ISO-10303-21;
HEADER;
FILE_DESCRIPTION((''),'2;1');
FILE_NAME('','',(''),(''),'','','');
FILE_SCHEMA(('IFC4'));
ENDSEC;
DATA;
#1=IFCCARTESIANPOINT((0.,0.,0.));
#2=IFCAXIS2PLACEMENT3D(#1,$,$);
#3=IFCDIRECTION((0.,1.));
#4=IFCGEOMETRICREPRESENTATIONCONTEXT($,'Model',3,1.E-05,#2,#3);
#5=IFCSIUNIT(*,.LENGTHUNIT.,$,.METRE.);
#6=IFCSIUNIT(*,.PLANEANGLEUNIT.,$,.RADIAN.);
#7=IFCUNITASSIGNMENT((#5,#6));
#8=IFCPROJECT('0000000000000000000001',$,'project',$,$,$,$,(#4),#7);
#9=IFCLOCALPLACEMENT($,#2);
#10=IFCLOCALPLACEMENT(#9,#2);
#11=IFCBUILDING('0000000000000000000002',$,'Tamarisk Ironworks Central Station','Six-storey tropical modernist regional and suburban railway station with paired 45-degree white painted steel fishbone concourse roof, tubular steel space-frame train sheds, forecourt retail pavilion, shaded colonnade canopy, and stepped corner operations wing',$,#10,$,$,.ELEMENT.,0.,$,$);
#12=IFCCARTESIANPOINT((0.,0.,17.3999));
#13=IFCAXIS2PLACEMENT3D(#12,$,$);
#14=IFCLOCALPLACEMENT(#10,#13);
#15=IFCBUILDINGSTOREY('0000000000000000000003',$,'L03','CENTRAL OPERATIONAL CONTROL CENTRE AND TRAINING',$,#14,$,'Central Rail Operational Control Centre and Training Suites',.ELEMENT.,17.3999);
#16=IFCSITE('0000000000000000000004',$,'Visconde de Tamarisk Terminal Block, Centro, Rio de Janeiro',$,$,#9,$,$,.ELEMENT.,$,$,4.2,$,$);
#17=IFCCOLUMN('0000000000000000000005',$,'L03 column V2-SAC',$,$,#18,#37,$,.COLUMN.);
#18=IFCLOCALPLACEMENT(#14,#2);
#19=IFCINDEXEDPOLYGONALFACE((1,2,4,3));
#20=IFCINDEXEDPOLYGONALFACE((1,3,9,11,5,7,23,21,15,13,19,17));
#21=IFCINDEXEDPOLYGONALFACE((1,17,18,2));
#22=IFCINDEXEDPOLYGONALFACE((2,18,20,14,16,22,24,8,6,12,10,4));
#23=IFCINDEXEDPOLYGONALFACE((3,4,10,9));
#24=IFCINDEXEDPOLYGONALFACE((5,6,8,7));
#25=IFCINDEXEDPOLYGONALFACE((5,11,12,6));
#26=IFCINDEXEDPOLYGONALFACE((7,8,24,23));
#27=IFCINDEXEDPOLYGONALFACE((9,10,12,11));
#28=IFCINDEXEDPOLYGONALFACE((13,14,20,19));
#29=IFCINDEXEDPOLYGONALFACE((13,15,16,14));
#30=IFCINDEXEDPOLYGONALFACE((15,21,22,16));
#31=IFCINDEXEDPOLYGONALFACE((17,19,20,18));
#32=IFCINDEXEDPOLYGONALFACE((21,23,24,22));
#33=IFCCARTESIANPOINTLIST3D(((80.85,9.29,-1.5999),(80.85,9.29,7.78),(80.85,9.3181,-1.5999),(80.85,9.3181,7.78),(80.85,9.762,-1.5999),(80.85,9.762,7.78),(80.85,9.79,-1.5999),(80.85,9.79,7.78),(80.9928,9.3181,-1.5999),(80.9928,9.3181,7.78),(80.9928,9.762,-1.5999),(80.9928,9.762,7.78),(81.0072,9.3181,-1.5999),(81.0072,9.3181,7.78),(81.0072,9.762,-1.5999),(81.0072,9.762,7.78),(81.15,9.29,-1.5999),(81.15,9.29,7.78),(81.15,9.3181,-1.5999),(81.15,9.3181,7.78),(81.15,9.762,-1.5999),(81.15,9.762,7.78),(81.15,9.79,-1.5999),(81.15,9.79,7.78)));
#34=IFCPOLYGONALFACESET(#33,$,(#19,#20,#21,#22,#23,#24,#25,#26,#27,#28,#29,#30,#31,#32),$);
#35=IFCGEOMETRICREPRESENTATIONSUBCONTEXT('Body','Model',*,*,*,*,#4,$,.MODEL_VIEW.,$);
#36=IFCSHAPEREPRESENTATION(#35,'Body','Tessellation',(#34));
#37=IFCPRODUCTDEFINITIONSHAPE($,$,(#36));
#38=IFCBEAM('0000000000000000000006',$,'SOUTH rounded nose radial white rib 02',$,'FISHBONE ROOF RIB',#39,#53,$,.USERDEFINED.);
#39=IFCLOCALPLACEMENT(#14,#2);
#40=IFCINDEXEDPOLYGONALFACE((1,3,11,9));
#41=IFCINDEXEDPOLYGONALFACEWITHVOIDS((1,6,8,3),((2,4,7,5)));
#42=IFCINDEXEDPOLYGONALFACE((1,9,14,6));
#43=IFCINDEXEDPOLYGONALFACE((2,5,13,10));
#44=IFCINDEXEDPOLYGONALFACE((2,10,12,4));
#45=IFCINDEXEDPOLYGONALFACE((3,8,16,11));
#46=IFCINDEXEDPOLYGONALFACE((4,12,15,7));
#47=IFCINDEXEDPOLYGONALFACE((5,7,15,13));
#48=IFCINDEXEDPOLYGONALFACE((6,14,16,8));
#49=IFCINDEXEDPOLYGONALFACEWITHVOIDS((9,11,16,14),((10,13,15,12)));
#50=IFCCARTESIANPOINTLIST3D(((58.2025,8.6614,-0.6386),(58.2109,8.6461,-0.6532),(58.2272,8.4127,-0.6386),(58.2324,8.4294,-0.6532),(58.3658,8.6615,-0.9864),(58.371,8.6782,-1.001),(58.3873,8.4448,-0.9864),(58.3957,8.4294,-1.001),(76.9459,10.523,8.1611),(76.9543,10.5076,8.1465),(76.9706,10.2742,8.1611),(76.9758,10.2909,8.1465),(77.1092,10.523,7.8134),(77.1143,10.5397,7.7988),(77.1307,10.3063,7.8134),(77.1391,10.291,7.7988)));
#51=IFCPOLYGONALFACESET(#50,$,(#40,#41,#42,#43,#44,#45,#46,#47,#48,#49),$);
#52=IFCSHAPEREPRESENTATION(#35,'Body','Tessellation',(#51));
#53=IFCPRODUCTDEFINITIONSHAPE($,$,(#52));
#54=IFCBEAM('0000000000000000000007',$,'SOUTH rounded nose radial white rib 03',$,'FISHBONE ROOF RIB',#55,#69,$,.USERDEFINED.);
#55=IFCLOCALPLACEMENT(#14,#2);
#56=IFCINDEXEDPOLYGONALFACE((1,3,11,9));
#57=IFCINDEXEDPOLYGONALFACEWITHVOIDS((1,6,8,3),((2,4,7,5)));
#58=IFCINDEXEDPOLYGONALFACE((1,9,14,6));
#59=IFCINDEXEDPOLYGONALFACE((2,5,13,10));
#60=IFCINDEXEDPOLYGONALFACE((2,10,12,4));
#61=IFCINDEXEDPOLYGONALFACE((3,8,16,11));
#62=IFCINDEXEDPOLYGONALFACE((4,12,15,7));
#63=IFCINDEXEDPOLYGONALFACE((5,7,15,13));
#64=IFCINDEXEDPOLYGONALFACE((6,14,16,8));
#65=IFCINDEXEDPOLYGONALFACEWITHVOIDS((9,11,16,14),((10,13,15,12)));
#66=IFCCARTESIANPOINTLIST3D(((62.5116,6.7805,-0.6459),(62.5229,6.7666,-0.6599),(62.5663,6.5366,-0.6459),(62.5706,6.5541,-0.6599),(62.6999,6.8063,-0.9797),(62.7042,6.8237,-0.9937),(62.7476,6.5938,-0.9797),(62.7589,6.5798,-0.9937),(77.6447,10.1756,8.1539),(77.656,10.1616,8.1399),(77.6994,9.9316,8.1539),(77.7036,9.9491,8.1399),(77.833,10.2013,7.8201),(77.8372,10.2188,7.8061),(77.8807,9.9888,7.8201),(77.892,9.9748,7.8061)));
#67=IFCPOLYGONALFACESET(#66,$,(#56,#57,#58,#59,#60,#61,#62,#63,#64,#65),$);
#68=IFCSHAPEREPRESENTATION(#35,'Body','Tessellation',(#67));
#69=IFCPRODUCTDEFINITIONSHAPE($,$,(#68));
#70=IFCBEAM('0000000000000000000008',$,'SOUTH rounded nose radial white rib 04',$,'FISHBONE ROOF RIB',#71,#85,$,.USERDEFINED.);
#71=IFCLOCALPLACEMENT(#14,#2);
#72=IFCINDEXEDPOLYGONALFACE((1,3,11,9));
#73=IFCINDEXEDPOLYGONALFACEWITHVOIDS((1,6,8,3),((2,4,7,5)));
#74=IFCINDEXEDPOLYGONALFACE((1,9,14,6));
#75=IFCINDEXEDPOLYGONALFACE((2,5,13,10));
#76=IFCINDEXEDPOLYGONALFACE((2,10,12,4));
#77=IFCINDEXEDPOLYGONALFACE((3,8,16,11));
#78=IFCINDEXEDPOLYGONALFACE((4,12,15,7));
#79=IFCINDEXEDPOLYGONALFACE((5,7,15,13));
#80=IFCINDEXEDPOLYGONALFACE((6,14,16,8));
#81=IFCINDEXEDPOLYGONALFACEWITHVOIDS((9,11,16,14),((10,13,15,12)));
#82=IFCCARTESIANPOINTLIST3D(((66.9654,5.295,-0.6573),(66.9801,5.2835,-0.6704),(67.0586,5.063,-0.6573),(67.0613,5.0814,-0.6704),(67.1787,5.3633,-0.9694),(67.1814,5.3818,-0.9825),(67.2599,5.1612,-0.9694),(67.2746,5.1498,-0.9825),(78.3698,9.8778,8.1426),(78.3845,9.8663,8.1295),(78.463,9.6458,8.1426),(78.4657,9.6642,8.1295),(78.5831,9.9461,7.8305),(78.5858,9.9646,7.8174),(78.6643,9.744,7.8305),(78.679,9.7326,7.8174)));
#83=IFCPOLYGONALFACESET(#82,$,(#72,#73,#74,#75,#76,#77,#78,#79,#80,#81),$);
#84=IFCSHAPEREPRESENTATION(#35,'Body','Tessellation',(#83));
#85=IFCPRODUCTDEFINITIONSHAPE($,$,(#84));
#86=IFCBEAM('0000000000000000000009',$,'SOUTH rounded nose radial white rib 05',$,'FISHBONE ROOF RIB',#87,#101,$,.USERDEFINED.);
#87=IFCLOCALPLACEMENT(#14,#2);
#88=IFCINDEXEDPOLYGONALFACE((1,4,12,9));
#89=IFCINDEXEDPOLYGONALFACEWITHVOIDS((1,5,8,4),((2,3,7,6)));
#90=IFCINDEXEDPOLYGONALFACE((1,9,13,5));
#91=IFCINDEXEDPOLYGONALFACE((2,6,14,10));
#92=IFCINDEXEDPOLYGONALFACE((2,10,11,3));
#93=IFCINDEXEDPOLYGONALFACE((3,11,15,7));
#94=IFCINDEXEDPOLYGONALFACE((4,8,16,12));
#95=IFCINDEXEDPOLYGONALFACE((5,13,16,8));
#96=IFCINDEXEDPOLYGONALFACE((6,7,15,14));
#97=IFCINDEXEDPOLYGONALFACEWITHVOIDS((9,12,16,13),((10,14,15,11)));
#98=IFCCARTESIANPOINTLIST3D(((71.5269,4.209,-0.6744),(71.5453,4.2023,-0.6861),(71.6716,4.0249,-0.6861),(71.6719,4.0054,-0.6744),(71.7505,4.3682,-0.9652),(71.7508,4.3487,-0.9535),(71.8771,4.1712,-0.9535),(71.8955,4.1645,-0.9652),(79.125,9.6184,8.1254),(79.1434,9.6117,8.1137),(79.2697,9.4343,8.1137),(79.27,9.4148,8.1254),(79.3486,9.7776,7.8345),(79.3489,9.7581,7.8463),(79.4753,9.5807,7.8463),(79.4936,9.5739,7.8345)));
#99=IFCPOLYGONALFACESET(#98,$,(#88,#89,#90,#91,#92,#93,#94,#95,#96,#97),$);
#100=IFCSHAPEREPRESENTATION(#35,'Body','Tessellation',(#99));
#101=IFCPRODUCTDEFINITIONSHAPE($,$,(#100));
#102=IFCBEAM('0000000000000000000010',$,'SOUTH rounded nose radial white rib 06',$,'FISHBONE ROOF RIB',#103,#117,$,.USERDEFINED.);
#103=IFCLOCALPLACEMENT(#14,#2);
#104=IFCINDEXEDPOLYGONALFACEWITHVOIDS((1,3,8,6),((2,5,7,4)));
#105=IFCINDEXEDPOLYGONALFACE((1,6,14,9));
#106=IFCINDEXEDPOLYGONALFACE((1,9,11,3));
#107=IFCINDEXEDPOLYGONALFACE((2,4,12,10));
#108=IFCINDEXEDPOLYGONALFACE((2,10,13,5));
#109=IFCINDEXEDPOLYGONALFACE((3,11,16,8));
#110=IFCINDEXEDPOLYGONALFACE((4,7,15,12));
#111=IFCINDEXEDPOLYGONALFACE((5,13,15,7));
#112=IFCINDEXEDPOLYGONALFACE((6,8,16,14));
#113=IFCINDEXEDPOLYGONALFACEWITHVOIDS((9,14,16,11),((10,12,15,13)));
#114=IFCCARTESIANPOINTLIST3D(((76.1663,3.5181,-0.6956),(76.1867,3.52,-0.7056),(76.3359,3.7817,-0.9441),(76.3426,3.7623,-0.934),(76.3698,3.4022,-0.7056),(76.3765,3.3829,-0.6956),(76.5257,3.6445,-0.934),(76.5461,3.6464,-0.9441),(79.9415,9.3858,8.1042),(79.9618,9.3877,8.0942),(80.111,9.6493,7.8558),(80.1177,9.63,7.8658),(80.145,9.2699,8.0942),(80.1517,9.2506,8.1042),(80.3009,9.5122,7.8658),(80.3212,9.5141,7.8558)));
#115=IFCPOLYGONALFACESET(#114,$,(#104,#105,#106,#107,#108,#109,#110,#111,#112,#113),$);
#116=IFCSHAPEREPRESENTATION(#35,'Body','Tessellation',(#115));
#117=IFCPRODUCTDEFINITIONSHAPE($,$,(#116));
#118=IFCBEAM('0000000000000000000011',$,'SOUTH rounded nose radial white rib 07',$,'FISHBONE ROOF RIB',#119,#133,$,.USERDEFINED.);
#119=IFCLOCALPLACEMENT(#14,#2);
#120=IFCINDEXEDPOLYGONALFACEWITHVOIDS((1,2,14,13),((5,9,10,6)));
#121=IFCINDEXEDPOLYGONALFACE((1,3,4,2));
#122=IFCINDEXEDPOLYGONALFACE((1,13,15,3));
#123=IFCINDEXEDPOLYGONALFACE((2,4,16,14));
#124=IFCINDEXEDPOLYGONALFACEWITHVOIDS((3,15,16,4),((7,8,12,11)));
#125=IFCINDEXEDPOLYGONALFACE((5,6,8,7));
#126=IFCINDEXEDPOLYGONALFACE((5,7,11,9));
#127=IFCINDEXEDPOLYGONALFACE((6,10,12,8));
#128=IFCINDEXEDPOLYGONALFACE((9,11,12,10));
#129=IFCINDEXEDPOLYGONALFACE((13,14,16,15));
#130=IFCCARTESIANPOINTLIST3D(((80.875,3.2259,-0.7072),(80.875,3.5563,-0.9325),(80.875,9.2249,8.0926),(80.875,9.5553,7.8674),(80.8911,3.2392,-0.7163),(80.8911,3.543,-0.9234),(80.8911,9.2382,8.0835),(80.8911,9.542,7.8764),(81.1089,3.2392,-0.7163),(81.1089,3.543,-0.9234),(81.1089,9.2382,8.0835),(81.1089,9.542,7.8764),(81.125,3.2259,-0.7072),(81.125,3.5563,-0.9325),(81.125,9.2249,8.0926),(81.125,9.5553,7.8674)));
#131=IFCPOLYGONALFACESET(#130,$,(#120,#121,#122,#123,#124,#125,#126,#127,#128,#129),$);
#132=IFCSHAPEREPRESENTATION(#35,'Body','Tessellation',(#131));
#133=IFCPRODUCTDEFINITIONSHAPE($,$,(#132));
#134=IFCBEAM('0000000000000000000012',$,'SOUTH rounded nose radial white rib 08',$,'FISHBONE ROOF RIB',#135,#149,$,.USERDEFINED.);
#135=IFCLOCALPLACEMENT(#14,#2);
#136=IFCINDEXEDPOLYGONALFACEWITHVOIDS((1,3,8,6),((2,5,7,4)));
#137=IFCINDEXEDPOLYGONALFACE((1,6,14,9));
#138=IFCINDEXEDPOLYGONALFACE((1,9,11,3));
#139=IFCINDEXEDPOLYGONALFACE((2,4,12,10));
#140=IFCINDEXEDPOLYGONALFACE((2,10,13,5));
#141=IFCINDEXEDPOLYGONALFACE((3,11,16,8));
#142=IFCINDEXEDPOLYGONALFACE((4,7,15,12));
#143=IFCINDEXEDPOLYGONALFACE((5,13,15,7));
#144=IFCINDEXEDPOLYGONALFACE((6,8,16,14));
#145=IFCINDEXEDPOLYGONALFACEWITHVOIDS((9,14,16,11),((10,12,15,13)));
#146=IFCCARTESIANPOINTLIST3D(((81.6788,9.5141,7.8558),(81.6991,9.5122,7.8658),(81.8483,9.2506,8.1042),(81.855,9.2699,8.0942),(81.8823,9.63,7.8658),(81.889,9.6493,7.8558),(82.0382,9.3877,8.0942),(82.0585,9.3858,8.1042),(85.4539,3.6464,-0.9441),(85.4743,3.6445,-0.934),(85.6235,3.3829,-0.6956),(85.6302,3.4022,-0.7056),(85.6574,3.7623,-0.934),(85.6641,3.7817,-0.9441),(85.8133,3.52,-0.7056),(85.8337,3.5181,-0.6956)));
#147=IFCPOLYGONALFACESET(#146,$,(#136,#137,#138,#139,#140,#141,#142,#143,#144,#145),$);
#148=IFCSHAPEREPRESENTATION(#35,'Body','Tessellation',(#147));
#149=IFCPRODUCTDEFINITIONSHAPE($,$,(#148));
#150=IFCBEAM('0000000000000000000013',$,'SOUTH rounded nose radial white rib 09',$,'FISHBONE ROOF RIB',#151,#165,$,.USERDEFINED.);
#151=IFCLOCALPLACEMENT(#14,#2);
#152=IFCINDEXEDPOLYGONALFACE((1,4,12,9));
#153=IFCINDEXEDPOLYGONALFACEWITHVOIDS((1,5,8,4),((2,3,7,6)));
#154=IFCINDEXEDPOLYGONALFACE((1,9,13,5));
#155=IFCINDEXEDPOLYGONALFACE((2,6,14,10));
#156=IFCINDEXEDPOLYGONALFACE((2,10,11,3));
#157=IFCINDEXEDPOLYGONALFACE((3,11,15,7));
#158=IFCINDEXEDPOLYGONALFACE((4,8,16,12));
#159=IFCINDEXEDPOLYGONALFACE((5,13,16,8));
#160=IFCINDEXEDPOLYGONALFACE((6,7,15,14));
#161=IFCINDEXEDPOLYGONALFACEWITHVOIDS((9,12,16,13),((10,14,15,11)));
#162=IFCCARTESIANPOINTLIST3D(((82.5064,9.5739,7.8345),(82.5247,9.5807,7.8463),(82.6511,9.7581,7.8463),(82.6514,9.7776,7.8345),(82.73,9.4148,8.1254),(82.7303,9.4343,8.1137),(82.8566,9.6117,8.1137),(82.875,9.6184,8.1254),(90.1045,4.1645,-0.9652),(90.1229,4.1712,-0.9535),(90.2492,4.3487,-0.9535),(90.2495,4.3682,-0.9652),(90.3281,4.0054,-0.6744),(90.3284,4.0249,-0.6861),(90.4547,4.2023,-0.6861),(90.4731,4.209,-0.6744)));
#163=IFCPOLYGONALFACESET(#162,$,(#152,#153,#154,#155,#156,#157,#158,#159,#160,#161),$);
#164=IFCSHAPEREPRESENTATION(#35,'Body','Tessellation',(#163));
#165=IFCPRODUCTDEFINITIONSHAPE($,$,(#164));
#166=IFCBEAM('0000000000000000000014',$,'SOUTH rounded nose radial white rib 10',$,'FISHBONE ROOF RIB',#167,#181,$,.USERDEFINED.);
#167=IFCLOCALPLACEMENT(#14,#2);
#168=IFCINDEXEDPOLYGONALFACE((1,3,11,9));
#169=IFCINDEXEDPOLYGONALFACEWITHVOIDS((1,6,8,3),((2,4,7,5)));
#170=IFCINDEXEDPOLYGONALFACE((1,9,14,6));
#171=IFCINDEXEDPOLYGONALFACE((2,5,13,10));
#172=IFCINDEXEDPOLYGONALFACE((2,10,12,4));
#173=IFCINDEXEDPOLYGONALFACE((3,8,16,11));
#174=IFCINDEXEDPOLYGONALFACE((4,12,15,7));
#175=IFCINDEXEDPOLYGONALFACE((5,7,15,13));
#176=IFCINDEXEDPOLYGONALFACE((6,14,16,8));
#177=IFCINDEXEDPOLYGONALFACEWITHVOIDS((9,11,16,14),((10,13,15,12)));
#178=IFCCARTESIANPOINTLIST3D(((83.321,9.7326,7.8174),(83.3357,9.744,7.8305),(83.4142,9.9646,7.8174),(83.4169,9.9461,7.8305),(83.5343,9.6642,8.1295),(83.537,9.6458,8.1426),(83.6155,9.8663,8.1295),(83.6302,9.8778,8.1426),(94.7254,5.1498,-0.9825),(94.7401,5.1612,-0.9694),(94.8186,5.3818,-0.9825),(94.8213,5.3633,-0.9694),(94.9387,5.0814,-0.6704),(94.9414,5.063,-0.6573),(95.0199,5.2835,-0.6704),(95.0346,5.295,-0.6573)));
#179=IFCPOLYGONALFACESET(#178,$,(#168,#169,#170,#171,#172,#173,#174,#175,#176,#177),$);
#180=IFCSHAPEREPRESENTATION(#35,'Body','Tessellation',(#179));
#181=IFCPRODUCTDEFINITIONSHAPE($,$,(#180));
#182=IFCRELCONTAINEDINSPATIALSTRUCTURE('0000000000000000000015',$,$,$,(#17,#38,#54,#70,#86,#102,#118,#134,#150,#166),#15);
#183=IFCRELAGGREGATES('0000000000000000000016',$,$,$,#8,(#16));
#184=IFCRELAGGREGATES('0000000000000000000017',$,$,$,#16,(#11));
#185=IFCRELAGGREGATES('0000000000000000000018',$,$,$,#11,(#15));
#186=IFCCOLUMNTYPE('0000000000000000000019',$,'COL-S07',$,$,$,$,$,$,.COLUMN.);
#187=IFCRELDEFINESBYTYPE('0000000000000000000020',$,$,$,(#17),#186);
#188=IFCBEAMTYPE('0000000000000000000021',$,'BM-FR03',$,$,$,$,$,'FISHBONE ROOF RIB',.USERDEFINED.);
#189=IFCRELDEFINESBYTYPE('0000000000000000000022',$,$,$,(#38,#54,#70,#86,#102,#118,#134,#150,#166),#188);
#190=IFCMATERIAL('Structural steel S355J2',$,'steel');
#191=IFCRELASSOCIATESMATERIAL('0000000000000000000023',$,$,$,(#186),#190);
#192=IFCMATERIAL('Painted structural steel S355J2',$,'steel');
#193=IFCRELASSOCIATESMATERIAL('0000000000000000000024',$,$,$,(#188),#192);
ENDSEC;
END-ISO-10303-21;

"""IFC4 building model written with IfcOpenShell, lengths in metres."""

from ifc_helpers import new_model, si_unit, direction, frame, origin, origin_2d, place, context, subcontext, project, spatial, hollow_rectangle, i_section, extrude, material, material_profile, profile_set, type_object, element, save


model = new_model("IFC4")

# Units and contexts
model_context = context("Model", 3, precision=1e-05, world=origin(), true_north=direction((0.0, 1.0)))
body_context = subcontext(model_context, "Body", "Model", "MODEL_VIEW")
ifc_project = project(units=[si_unit("LENGTHUNIT", "METRE"), si_unit("PLANEANGLEUNIT", "RADIAN")], contexts=[model_context])

# Site, building, storey
site_placement = place(None, origin())
site = spatial("IfcSite", under=ifc_project, at=site_placement, Name="Visconde de Tamarisk Terminal Block, Centro, Rio de Janeiro", CompositionType="ELEMENT", RefElevation=4.2)
building_placement = place(site_placement, origin())
building = spatial("IfcBuilding", under=site, at=building_placement, Name="Tamarisk Ironworks Central Station", Description="Six-storey tropical modernist regional and suburban railway station with paired 45-degree white painted steel fishbone concourse roof, tubular steel space-frame train sheds, forecourt retail pavilion, shaded colonnade canopy, and stepped corner operations wing", CompositionType="ELEMENT", ElevationOfRefHeight=0.0)
storey_placement = place(building_placement, frame((0.0, 0.0, 17.3999)))
storey = spatial("IfcBuildingStorey", under=building, at=storey_placement, Name="L03", Description="CENTRAL OPERATIONAL CONTROL CENTRE AND TRAINING", LongName="Central Rail Operational Control Centre and Training Suites", CompositionType="ELEMENT", Elevation=17.3999)

# Column
ifc_material_1 = material(Name="Structural steel S355J2", Category="steel")
ifc_material_profile_1 = material_profile(ifc_material_1, i_section(OverallWidth=0.3, OverallDepth=0.5, WebThickness=0.0144, FlangeThickness=0.0281, at=origin_2d()), Name="HEB 500")
ifc_profile_set_1 = profile_set([ifc_material_profile_1], Name="Structural steel S355J2")
column_type = type_object("IfcColumnType", Name="COL-S07", PredefinedType="COLUMN", material=ifc_profile_set_1)
column_placement = place(storey_placement, frame((81.0, 9.54, -1.5999), z_axis=(0.0, 0.0, 1.0), x_axis=(1.0, 0.0, 0.0)))
element("IfcColumn", 1, at=column_placement, inside=storey, type_object=column_type, Name="L03 column V2-SAC", PredefinedType="COLUMN", context=body_context, shape_type="SweptSolid", body=[
    extrude(i_section(OverallWidth=0.3, OverallDepth=0.5, WebThickness=0.0144, FlangeThickness=0.0281, at=origin_2d()), origin(), (0.0, 0.0, 1.0), 9.3799),
])

# Beams
ifc_material_2 = material(Name="Painted structural steel S355J2", Category="steel")
ifc_material_profile_2 = material_profile(ifc_material_2, hollow_rectangle(XDim=0.25, YDim=0.3999, WallThickness=0.0161, at=origin_2d()), Name="RHS 400x250x16")
ifc_profile_set_2 = profile_set([ifc_material_profile_2], Name="Painted structural steel S355J2")
beam_type_1 = type_object("IfcBeamType", Name="BM-FR03", ElementType="FISHBONE ROOF RIB", PredefinedType="USERDEFINED", material=ifc_profile_set_2)
beam_1_placement = place(storey_placement, frame((77.0425, 10.407, 7.98), z_axis=(-0.901566, -0.089542, -0.423274), x_axis=(0.098833, -0.995104, 0.0)))
element("IfcBeam", 2, at=beam_1_placement, inside=storey, type_object=beam_type_1, Name="SOUTH rounded nose radial white rib 02", ObjectType="FISHBONE ROOF RIB", PredefinedType="USERDEFINED", context=body_context, shape_type="SweptSolid", body=[
    extrude(hollow_rectangle(XDim=0.25, YDim=0.3999, WallThickness=0.0161, at=origin_2d()), origin(), (0.0, 0.0, 1.0), 20.7898),
])
beam_2_placement = place(storey_placement, frame((77.7683, 10.0752, 7.98), z_axis=(-0.848657, -0.190392, -0.49349), x_axis=(0.218903, -0.975747, 0.0)))
element("IfcBeam", 3, at=beam_2_placement, inside=storey, type_object=beam_type_1, Name="SOUTH rounded nose radial white rib 03", ObjectType="FISHBONE ROOF RIB", PredefinedType="USERDEFINED", context=body_context, shape_type="SweptSolid", body=[
    extrude(hollow_rectangle(XDim=0.25, YDim=0.3999, WallThickness=0.0161, at=origin_2d()), origin(), (0.0, 0.0, 1.0), 17.8318),
])
beam_3_placement = place(storey_placement, frame((78.5244, 9.8052, 7.98), z_axis=(-0.754447, -0.303171, -0.582148), x_axis=(0.372866, -0.927885, 0.0)))
element("IfcBeam", 4, at=beam_3_placement, inside=storey, type_object=beam_type_1, Name="SOUTH rounded nose radial white rib 04", ObjectType="FISHBONE ROOF RIB", PredefinedType="USERDEFINED", context=body_context, shape_type="SweptSolid", body=[
    extrude(hollow_rectangle(XDim=0.25, YDim=0.3999, WallThickness=0.0161, at=origin_2d()), origin(), (0.0, 0.0, 1.0), 15.1162),
])
beam_4_placement = place(storey_placement, frame((79.3093, 9.5962, 7.98), z_axis=(-0.592539, -0.421852, -0.68625), x_axis=(0.579972, -0.814636, 0.0)))
element("IfcBeam", 5, at=beam_4_placement, inside=storey, type_object=beam_type_1, Name="SOUTH rounded nose radial white rib 05", ObjectType="FISHBONE ROOF RIB", PredefinedType="USERDEFINED", context=body_context, shape_type="SweptSolid", body=[
    extrude(hollow_rectangle(XDim=0.25, YDim=0.3999, WallThickness=0.0161, at=origin_2d()), origin(), (0.0, 0.0, 1.0), 12.823),
])
beam_5_placement = place(storey_placement, frame((80.1313, 9.45, 7.98), z_axis=(-0.33616, -0.52249, -0.783582), x_axis=(0.840978, -0.541069, 0.0)))
element("IfcBeam", 6, at=beam_5_placement, inside=storey, type_object=beam_type_1, Name="SOUTH rounded nose radial white rib 06", ObjectType="FISHBONE ROOF RIB", PredefinedType="USERDEFINED", context=body_context, shape_type="SweptSolid", body=[
    extrude(hollow_rectangle(XDim=0.25, YDim=0.3999, WallThickness=0.0161, at=origin_2d()), origin(), (0.0, 0.0, 1.0), 11.2302),
])
beam_6_placement = place(storey_placement, frame((81.0, 9.3901, 7.98), z_axis=(0.0, -0.563283, -0.826264), x_axis=(1.0, 0.0, 0.0)))
element("IfcBeam", 7, at=beam_6_placement, inside=storey, type_object=beam_type_1, Name="SOUTH rounded nose radial white rib 07", ObjectType="FISHBONE ROOF RIB", PredefinedType="USERDEFINED", context=body_context, shape_type="SweptSolid", body=[
    extrude(hollow_rectangle(XDim=0.25, YDim=0.3999, WallThickness=0.0161, at=origin_2d()), origin(), (0.0, 0.0, 1.0), 10.6501),
])
beam_7_placement = place(storey_placement, frame((81.8687, 9.45, 7.98), z_axis=(0.33616, -0.52249, -0.783582), x_axis=(0.840978, 0.541069, 0.0)))
element("IfcBeam", 8, at=beam_7_placement, inside=storey, type_object=beam_type_1, Name="SOUTH rounded nose radial white rib 08", ObjectType="FISHBONE ROOF RIB", PredefinedType="USERDEFINED", context=body_context, shape_type="SweptSolid", body=[
    extrude(hollow_rectangle(XDim=0.25, YDim=0.3999, WallThickness=0.0161, at=origin_2d()), origin(), (0.0, 0.0, 1.0), 11.2302),
])
beam_8_placement = place(storey_placement, frame((82.6907, 9.5962, 7.98), z_axis=(0.592539, -0.421852, -0.68625), x_axis=(0.579972, 0.814636, 0.0)))
element("IfcBeam", 9, at=beam_8_placement, inside=storey, type_object=beam_type_1, Name="SOUTH rounded nose radial white rib 09", ObjectType="FISHBONE ROOF RIB", PredefinedType="USERDEFINED", context=body_context, shape_type="SweptSolid", body=[
    extrude(hollow_rectangle(XDim=0.25, YDim=0.3999, WallThickness=0.0161, at=origin_2d()), origin(), (0.0, 0.0, 1.0), 12.823),
])
beam_9_placement = place(storey_placement, frame((83.4756, 9.8052, 7.98), z_axis=(0.754447, -0.303171, -0.582148), x_axis=(0.372866, 0.927885, 0.0)))
element("IfcBeam", 10, at=beam_9_placement, inside=storey, type_object=beam_type_1, Name="SOUTH rounded nose radial white rib 10", ObjectType="FISHBONE ROOF RIB", PredefinedType="USERDEFINED", context=body_context, shape_type="SweptSolid", body=[
    extrude(hollow_rectangle(XDim=0.25, YDim=0.3999, WallThickness=0.0161, at=origin_2d()), origin(), (0.0, 0.0, 1.0), 15.1162),
])

save(model, "model.ifc")
